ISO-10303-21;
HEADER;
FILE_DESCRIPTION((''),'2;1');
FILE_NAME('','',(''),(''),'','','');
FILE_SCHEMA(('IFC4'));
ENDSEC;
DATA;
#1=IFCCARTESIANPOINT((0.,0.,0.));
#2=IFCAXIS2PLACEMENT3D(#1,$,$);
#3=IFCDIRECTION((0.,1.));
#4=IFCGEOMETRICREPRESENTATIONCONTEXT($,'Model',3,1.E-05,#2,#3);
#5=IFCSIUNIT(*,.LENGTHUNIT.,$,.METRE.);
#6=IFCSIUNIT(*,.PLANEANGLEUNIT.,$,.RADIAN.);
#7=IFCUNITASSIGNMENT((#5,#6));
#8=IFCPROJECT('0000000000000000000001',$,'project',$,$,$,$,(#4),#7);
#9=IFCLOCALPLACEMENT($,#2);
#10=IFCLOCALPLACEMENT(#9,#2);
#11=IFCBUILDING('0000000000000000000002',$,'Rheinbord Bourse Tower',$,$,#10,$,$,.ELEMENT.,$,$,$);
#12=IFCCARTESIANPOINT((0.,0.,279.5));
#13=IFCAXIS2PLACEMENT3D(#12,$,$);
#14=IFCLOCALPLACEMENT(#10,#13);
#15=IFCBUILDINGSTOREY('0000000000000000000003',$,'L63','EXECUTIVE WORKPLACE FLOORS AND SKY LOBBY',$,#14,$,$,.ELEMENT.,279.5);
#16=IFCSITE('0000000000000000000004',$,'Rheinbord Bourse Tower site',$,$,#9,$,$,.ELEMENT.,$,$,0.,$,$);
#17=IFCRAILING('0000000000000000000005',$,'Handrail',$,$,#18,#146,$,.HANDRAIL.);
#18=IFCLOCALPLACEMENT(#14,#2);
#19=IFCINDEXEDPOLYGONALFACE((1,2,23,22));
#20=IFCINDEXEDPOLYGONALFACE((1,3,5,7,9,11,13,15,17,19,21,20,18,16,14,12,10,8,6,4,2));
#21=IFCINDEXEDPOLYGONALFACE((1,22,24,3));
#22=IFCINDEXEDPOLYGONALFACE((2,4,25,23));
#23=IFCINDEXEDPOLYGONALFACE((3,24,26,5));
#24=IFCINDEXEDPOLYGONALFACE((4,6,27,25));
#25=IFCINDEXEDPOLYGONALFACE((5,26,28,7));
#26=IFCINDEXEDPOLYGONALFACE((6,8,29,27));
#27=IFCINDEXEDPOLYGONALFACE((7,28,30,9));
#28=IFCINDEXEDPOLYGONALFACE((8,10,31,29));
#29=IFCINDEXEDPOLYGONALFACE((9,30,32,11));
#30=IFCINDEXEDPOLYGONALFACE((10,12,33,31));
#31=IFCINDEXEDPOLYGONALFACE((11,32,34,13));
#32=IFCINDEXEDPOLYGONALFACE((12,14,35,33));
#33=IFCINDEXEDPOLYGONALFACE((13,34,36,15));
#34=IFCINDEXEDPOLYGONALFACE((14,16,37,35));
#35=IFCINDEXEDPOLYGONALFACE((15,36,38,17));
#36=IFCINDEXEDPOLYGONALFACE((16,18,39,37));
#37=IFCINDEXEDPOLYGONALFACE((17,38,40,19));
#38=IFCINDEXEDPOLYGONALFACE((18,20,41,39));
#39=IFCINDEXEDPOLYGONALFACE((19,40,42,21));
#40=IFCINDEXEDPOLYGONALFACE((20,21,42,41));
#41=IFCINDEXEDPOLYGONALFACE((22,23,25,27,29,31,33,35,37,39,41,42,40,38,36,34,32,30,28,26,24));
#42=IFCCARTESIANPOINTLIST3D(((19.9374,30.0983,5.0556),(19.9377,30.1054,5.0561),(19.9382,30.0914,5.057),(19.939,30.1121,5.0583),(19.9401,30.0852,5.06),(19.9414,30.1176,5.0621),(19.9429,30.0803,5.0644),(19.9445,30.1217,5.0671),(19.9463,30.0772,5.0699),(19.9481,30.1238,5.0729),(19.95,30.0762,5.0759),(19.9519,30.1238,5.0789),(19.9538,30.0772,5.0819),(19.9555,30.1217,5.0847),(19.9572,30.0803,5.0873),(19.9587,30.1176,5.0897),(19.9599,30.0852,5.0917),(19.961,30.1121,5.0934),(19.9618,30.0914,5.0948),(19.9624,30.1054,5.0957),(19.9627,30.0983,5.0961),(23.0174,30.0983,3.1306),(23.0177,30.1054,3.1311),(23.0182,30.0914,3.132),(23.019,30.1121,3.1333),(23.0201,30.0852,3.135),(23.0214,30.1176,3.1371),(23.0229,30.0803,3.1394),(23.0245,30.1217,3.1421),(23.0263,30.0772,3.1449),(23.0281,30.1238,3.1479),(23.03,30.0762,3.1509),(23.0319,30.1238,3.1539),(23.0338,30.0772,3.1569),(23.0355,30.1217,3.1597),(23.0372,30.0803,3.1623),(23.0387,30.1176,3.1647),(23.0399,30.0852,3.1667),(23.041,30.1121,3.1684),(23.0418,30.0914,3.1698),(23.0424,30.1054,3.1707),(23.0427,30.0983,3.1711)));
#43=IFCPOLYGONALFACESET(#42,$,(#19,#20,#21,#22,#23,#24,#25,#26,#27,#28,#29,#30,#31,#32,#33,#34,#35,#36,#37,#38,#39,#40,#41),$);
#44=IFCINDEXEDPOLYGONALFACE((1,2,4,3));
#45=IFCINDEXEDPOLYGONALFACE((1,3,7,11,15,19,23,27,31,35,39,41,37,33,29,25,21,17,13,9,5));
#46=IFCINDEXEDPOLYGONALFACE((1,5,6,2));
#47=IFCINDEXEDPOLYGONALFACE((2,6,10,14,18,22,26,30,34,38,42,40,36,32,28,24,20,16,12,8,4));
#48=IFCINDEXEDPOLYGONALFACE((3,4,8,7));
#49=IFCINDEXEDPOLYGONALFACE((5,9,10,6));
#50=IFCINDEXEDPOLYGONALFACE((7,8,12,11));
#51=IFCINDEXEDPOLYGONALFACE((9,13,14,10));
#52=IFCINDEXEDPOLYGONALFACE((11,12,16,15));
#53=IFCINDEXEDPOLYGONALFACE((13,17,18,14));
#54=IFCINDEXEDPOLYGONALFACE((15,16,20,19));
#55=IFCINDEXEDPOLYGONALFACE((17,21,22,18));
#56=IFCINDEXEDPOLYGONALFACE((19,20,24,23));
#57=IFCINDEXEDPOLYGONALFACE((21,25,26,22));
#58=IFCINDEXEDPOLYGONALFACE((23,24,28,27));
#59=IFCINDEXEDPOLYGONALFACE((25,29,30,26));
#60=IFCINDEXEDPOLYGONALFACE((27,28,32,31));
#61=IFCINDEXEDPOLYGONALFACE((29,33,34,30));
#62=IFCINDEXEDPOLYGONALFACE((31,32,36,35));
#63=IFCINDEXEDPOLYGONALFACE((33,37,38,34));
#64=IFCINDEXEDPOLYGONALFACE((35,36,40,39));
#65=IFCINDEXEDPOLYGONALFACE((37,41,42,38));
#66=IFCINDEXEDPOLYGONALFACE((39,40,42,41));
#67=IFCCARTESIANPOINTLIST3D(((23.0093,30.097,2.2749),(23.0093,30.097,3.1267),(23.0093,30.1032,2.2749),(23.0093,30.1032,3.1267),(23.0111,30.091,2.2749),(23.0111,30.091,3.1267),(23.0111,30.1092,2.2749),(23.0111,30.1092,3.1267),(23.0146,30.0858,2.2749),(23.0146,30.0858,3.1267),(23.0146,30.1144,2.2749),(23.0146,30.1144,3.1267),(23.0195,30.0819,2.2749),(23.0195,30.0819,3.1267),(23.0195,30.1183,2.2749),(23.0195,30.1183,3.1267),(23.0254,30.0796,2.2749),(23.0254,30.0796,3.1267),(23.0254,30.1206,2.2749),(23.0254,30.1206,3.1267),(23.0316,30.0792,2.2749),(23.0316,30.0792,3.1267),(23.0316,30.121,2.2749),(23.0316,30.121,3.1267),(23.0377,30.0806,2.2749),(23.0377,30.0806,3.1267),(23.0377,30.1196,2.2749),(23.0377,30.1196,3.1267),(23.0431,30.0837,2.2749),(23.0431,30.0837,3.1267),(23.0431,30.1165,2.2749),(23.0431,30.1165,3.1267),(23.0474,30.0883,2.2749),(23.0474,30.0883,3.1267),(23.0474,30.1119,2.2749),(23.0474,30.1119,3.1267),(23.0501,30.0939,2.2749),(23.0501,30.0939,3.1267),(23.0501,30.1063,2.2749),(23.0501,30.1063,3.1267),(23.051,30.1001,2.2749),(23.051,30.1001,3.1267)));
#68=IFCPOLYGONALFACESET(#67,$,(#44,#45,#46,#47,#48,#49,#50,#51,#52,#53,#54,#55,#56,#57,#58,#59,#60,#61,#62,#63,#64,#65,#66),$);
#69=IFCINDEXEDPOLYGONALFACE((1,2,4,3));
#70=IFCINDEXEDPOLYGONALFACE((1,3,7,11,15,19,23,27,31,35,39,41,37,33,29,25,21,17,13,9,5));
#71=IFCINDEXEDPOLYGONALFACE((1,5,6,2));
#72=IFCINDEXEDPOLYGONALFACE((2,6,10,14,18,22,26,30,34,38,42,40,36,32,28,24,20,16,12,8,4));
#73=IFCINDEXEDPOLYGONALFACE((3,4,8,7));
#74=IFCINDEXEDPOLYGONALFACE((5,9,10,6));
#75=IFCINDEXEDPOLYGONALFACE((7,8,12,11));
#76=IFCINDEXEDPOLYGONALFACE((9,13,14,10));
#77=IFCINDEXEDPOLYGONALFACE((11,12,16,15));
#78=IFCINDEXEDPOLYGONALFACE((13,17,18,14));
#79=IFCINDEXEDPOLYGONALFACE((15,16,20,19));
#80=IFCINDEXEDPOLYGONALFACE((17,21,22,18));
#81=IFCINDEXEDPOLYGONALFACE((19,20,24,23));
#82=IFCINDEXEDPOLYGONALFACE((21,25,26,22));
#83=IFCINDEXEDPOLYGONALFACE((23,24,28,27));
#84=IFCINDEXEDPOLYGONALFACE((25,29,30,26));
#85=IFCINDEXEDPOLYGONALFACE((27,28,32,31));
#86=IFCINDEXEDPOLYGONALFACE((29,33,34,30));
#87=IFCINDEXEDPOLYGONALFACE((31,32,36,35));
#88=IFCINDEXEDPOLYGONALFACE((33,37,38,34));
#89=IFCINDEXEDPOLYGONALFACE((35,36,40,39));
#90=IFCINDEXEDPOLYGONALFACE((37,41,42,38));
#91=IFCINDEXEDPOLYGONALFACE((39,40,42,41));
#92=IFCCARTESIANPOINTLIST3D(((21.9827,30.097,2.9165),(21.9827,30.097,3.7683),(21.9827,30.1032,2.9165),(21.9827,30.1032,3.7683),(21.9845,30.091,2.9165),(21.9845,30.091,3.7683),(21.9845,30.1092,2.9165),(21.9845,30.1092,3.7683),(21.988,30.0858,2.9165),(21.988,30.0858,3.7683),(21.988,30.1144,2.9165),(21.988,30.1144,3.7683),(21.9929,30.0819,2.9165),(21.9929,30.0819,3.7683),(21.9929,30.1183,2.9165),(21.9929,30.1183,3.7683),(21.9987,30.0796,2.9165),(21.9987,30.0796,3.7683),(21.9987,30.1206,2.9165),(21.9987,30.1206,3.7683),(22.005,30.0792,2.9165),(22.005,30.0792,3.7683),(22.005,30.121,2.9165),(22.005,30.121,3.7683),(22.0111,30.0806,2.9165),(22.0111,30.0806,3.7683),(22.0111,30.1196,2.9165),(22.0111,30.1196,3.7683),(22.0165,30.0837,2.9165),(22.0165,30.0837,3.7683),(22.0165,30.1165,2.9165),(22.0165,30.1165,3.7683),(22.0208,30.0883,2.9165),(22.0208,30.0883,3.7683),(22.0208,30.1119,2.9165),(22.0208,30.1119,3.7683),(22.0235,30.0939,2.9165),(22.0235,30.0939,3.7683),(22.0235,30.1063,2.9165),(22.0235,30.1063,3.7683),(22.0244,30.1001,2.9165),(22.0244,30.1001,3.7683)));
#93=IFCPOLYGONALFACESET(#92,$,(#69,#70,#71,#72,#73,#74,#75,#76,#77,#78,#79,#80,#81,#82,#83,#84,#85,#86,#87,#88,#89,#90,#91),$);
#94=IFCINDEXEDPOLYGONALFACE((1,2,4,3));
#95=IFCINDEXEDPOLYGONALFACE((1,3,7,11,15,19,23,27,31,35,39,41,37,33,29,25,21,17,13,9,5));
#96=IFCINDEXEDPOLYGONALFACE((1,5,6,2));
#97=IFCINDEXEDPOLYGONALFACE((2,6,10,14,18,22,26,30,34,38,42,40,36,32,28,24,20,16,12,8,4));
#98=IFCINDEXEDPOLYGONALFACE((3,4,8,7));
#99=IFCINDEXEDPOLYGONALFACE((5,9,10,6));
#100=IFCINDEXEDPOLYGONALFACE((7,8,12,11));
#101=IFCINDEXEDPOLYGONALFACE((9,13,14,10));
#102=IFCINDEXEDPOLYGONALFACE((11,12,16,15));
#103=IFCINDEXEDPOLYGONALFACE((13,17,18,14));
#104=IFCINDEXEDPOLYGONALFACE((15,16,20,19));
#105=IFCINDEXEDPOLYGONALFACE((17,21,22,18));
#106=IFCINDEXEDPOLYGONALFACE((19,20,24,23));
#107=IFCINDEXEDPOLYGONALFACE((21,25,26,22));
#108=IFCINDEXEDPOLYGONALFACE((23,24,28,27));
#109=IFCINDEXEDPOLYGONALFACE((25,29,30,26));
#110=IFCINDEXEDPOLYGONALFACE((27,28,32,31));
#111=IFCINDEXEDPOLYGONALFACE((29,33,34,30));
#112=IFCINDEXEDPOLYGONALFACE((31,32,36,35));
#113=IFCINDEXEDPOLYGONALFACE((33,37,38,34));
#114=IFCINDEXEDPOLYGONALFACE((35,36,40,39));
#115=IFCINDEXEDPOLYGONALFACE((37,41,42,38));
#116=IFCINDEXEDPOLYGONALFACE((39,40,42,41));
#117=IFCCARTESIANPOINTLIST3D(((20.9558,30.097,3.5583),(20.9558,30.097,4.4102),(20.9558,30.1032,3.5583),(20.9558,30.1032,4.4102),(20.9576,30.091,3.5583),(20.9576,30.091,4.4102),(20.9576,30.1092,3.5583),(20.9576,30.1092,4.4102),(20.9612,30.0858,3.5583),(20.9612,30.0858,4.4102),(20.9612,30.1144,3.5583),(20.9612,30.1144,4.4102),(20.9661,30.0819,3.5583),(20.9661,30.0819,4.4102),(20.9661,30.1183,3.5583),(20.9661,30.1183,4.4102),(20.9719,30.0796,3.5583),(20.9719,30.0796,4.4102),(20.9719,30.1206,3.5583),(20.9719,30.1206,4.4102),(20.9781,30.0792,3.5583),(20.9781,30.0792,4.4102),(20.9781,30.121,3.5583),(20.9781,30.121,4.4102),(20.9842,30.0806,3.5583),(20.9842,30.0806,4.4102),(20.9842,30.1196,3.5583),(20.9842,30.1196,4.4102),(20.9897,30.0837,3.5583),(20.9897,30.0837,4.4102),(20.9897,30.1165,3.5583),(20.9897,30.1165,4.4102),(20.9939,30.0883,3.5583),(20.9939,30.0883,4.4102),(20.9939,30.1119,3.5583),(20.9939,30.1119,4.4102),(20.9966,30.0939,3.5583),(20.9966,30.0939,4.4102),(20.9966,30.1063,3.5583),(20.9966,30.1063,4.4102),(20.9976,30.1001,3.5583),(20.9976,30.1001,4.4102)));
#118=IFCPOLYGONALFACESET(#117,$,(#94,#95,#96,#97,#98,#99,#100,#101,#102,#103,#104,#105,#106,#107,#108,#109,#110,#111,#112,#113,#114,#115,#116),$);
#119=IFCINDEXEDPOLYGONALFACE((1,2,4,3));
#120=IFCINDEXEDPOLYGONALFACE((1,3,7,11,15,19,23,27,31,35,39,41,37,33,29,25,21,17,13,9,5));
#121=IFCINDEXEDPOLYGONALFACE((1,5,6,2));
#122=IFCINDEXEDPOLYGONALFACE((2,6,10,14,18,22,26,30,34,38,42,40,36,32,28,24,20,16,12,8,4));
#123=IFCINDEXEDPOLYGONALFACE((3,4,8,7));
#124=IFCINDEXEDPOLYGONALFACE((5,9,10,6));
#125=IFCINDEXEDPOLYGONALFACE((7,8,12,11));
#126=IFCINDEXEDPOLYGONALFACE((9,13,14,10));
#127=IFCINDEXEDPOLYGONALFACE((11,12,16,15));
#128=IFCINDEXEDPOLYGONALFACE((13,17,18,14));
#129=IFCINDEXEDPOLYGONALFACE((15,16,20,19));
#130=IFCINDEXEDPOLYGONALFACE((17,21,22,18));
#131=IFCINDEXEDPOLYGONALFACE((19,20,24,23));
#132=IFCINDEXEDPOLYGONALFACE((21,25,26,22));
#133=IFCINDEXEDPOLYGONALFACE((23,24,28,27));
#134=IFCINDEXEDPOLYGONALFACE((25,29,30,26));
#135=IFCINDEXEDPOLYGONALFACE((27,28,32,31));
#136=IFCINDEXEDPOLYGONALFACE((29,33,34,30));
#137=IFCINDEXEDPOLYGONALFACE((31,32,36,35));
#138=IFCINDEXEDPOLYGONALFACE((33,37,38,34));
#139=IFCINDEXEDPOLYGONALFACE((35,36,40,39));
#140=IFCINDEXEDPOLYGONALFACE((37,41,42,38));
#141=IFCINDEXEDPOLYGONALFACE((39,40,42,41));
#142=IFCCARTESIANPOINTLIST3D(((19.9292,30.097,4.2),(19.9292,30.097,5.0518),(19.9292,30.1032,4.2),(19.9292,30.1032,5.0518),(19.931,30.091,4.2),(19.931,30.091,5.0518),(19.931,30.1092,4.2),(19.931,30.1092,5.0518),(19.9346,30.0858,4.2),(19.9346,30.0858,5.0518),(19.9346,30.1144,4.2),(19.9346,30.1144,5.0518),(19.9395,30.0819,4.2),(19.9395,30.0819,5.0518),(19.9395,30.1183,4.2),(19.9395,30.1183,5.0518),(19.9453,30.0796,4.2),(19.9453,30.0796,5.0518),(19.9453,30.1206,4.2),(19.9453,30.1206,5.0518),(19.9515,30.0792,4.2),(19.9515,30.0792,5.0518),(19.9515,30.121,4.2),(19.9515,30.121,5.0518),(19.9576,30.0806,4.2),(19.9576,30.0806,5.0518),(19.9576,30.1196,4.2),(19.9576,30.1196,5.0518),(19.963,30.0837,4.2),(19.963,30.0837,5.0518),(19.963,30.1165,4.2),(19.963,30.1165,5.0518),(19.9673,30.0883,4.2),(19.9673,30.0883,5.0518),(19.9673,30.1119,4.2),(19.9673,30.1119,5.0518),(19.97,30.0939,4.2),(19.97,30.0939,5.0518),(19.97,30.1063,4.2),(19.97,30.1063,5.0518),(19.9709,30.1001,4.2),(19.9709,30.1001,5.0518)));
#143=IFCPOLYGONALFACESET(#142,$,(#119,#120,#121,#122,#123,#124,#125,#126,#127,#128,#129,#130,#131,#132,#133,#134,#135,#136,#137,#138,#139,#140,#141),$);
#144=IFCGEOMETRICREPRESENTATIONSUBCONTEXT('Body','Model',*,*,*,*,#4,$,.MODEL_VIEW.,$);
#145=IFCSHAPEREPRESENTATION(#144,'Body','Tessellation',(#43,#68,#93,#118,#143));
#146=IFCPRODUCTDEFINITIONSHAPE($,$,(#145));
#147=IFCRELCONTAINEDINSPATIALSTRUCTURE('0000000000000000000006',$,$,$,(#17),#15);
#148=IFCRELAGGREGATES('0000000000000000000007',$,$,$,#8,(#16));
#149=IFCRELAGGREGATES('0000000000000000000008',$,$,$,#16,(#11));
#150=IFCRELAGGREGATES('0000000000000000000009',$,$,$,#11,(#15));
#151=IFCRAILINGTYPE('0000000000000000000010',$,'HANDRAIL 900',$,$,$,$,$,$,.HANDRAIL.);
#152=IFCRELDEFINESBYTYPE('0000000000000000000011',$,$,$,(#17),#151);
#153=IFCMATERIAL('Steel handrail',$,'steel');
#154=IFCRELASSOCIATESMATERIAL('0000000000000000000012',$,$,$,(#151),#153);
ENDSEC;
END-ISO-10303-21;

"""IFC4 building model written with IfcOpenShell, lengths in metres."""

from ifc_helpers import new_model, si_unit, direction, frame, origin, origin_2d, place, context, subcontext, project, spatial, circle, extrude, material, type_object, element, save


model = new_model("IFC4")

# Units and contexts
model_context = context("Model", 3, precision=1e-05, world=origin(), true_north=direction((0.0, 1.0)))
body_context = subcontext(model_context, "Body", "Model", "MODEL_VIEW")
ifc_project = project(units=[si_unit("LENGTHUNIT", "METRE"), si_unit("PLANEANGLEUNIT", "RADIAN")], contexts=[model_context])

# Site, building, storey
site_placement = place(None, origin())
site = spatial("IfcSite", under=ifc_project, at=site_placement, Name="Rheinbord Bourse Tower site", CompositionType="ELEMENT", RefElevation=0.0)
building_placement = place(site_placement, origin())
building = spatial("IfcBuilding", under=site, at=building_placement, Name="Rheinbord Bourse Tower", CompositionType="ELEMENT")
storey_placement = place(building_placement, frame((0.0, 0.0, 279.5)))
storey = spatial("IfcBuildingStorey", under=building, at=storey_placement, Name="L63", Description="EXECUTIVE WORKPLACE FLOORS AND SKY LOBBY", CompositionType="ELEMENT", Elevation=279.5)

# Railing
ifc_material_1 = material(Name="Steel handrail", Category="steel")
railing_type = type_object("IfcRailingType", Name="HANDRAIL 900", PredefinedType="HANDRAIL", material=ifc_material_1)
railing_1_placement = place(storey_placement, frame((23.03, 30.1001, 2.2749)))
element("IfcRailing", 1, at=railing_1_placement, inside=storey, type_object=railing_type, Name="Handrail", PredefinedType="HANDRAIL", context=body_context, shape_type="SweptSolid", body=[
    extrude(circle(Radius=0.0239, at=origin_2d()), frame((0.0, 0.0, 0.876), z_axis=(-0.847998, 0.0, 0.529999), x_axis=(0.0, -1.0, 0.0)), (0.0, 0.0, 1.0), 3.6321),
    extrude(circle(Radius=0.021, at=origin_2d()), origin(), (0.0, 0.0, 1.0), 0.8518),
    extrude(circle(Radius=0.021, at=origin_2d()), frame((-1.0266, 0.0, 0.6416)), (0.0, 0.0, 1.0), 0.8518),
    extrude(circle(Radius=0.021, at=origin_2d()), frame((-2.0535, 0.0, 1.2834)), (0.0, 0.0, 1.0), 0.8518),
    extrude(circle(Radius=0.021, at=origin_2d()), frame((-3.0801, 0.0, 1.925)), (0.0, 0.0, 1.0), 0.8518),
])

save(model, "model.ifc")
